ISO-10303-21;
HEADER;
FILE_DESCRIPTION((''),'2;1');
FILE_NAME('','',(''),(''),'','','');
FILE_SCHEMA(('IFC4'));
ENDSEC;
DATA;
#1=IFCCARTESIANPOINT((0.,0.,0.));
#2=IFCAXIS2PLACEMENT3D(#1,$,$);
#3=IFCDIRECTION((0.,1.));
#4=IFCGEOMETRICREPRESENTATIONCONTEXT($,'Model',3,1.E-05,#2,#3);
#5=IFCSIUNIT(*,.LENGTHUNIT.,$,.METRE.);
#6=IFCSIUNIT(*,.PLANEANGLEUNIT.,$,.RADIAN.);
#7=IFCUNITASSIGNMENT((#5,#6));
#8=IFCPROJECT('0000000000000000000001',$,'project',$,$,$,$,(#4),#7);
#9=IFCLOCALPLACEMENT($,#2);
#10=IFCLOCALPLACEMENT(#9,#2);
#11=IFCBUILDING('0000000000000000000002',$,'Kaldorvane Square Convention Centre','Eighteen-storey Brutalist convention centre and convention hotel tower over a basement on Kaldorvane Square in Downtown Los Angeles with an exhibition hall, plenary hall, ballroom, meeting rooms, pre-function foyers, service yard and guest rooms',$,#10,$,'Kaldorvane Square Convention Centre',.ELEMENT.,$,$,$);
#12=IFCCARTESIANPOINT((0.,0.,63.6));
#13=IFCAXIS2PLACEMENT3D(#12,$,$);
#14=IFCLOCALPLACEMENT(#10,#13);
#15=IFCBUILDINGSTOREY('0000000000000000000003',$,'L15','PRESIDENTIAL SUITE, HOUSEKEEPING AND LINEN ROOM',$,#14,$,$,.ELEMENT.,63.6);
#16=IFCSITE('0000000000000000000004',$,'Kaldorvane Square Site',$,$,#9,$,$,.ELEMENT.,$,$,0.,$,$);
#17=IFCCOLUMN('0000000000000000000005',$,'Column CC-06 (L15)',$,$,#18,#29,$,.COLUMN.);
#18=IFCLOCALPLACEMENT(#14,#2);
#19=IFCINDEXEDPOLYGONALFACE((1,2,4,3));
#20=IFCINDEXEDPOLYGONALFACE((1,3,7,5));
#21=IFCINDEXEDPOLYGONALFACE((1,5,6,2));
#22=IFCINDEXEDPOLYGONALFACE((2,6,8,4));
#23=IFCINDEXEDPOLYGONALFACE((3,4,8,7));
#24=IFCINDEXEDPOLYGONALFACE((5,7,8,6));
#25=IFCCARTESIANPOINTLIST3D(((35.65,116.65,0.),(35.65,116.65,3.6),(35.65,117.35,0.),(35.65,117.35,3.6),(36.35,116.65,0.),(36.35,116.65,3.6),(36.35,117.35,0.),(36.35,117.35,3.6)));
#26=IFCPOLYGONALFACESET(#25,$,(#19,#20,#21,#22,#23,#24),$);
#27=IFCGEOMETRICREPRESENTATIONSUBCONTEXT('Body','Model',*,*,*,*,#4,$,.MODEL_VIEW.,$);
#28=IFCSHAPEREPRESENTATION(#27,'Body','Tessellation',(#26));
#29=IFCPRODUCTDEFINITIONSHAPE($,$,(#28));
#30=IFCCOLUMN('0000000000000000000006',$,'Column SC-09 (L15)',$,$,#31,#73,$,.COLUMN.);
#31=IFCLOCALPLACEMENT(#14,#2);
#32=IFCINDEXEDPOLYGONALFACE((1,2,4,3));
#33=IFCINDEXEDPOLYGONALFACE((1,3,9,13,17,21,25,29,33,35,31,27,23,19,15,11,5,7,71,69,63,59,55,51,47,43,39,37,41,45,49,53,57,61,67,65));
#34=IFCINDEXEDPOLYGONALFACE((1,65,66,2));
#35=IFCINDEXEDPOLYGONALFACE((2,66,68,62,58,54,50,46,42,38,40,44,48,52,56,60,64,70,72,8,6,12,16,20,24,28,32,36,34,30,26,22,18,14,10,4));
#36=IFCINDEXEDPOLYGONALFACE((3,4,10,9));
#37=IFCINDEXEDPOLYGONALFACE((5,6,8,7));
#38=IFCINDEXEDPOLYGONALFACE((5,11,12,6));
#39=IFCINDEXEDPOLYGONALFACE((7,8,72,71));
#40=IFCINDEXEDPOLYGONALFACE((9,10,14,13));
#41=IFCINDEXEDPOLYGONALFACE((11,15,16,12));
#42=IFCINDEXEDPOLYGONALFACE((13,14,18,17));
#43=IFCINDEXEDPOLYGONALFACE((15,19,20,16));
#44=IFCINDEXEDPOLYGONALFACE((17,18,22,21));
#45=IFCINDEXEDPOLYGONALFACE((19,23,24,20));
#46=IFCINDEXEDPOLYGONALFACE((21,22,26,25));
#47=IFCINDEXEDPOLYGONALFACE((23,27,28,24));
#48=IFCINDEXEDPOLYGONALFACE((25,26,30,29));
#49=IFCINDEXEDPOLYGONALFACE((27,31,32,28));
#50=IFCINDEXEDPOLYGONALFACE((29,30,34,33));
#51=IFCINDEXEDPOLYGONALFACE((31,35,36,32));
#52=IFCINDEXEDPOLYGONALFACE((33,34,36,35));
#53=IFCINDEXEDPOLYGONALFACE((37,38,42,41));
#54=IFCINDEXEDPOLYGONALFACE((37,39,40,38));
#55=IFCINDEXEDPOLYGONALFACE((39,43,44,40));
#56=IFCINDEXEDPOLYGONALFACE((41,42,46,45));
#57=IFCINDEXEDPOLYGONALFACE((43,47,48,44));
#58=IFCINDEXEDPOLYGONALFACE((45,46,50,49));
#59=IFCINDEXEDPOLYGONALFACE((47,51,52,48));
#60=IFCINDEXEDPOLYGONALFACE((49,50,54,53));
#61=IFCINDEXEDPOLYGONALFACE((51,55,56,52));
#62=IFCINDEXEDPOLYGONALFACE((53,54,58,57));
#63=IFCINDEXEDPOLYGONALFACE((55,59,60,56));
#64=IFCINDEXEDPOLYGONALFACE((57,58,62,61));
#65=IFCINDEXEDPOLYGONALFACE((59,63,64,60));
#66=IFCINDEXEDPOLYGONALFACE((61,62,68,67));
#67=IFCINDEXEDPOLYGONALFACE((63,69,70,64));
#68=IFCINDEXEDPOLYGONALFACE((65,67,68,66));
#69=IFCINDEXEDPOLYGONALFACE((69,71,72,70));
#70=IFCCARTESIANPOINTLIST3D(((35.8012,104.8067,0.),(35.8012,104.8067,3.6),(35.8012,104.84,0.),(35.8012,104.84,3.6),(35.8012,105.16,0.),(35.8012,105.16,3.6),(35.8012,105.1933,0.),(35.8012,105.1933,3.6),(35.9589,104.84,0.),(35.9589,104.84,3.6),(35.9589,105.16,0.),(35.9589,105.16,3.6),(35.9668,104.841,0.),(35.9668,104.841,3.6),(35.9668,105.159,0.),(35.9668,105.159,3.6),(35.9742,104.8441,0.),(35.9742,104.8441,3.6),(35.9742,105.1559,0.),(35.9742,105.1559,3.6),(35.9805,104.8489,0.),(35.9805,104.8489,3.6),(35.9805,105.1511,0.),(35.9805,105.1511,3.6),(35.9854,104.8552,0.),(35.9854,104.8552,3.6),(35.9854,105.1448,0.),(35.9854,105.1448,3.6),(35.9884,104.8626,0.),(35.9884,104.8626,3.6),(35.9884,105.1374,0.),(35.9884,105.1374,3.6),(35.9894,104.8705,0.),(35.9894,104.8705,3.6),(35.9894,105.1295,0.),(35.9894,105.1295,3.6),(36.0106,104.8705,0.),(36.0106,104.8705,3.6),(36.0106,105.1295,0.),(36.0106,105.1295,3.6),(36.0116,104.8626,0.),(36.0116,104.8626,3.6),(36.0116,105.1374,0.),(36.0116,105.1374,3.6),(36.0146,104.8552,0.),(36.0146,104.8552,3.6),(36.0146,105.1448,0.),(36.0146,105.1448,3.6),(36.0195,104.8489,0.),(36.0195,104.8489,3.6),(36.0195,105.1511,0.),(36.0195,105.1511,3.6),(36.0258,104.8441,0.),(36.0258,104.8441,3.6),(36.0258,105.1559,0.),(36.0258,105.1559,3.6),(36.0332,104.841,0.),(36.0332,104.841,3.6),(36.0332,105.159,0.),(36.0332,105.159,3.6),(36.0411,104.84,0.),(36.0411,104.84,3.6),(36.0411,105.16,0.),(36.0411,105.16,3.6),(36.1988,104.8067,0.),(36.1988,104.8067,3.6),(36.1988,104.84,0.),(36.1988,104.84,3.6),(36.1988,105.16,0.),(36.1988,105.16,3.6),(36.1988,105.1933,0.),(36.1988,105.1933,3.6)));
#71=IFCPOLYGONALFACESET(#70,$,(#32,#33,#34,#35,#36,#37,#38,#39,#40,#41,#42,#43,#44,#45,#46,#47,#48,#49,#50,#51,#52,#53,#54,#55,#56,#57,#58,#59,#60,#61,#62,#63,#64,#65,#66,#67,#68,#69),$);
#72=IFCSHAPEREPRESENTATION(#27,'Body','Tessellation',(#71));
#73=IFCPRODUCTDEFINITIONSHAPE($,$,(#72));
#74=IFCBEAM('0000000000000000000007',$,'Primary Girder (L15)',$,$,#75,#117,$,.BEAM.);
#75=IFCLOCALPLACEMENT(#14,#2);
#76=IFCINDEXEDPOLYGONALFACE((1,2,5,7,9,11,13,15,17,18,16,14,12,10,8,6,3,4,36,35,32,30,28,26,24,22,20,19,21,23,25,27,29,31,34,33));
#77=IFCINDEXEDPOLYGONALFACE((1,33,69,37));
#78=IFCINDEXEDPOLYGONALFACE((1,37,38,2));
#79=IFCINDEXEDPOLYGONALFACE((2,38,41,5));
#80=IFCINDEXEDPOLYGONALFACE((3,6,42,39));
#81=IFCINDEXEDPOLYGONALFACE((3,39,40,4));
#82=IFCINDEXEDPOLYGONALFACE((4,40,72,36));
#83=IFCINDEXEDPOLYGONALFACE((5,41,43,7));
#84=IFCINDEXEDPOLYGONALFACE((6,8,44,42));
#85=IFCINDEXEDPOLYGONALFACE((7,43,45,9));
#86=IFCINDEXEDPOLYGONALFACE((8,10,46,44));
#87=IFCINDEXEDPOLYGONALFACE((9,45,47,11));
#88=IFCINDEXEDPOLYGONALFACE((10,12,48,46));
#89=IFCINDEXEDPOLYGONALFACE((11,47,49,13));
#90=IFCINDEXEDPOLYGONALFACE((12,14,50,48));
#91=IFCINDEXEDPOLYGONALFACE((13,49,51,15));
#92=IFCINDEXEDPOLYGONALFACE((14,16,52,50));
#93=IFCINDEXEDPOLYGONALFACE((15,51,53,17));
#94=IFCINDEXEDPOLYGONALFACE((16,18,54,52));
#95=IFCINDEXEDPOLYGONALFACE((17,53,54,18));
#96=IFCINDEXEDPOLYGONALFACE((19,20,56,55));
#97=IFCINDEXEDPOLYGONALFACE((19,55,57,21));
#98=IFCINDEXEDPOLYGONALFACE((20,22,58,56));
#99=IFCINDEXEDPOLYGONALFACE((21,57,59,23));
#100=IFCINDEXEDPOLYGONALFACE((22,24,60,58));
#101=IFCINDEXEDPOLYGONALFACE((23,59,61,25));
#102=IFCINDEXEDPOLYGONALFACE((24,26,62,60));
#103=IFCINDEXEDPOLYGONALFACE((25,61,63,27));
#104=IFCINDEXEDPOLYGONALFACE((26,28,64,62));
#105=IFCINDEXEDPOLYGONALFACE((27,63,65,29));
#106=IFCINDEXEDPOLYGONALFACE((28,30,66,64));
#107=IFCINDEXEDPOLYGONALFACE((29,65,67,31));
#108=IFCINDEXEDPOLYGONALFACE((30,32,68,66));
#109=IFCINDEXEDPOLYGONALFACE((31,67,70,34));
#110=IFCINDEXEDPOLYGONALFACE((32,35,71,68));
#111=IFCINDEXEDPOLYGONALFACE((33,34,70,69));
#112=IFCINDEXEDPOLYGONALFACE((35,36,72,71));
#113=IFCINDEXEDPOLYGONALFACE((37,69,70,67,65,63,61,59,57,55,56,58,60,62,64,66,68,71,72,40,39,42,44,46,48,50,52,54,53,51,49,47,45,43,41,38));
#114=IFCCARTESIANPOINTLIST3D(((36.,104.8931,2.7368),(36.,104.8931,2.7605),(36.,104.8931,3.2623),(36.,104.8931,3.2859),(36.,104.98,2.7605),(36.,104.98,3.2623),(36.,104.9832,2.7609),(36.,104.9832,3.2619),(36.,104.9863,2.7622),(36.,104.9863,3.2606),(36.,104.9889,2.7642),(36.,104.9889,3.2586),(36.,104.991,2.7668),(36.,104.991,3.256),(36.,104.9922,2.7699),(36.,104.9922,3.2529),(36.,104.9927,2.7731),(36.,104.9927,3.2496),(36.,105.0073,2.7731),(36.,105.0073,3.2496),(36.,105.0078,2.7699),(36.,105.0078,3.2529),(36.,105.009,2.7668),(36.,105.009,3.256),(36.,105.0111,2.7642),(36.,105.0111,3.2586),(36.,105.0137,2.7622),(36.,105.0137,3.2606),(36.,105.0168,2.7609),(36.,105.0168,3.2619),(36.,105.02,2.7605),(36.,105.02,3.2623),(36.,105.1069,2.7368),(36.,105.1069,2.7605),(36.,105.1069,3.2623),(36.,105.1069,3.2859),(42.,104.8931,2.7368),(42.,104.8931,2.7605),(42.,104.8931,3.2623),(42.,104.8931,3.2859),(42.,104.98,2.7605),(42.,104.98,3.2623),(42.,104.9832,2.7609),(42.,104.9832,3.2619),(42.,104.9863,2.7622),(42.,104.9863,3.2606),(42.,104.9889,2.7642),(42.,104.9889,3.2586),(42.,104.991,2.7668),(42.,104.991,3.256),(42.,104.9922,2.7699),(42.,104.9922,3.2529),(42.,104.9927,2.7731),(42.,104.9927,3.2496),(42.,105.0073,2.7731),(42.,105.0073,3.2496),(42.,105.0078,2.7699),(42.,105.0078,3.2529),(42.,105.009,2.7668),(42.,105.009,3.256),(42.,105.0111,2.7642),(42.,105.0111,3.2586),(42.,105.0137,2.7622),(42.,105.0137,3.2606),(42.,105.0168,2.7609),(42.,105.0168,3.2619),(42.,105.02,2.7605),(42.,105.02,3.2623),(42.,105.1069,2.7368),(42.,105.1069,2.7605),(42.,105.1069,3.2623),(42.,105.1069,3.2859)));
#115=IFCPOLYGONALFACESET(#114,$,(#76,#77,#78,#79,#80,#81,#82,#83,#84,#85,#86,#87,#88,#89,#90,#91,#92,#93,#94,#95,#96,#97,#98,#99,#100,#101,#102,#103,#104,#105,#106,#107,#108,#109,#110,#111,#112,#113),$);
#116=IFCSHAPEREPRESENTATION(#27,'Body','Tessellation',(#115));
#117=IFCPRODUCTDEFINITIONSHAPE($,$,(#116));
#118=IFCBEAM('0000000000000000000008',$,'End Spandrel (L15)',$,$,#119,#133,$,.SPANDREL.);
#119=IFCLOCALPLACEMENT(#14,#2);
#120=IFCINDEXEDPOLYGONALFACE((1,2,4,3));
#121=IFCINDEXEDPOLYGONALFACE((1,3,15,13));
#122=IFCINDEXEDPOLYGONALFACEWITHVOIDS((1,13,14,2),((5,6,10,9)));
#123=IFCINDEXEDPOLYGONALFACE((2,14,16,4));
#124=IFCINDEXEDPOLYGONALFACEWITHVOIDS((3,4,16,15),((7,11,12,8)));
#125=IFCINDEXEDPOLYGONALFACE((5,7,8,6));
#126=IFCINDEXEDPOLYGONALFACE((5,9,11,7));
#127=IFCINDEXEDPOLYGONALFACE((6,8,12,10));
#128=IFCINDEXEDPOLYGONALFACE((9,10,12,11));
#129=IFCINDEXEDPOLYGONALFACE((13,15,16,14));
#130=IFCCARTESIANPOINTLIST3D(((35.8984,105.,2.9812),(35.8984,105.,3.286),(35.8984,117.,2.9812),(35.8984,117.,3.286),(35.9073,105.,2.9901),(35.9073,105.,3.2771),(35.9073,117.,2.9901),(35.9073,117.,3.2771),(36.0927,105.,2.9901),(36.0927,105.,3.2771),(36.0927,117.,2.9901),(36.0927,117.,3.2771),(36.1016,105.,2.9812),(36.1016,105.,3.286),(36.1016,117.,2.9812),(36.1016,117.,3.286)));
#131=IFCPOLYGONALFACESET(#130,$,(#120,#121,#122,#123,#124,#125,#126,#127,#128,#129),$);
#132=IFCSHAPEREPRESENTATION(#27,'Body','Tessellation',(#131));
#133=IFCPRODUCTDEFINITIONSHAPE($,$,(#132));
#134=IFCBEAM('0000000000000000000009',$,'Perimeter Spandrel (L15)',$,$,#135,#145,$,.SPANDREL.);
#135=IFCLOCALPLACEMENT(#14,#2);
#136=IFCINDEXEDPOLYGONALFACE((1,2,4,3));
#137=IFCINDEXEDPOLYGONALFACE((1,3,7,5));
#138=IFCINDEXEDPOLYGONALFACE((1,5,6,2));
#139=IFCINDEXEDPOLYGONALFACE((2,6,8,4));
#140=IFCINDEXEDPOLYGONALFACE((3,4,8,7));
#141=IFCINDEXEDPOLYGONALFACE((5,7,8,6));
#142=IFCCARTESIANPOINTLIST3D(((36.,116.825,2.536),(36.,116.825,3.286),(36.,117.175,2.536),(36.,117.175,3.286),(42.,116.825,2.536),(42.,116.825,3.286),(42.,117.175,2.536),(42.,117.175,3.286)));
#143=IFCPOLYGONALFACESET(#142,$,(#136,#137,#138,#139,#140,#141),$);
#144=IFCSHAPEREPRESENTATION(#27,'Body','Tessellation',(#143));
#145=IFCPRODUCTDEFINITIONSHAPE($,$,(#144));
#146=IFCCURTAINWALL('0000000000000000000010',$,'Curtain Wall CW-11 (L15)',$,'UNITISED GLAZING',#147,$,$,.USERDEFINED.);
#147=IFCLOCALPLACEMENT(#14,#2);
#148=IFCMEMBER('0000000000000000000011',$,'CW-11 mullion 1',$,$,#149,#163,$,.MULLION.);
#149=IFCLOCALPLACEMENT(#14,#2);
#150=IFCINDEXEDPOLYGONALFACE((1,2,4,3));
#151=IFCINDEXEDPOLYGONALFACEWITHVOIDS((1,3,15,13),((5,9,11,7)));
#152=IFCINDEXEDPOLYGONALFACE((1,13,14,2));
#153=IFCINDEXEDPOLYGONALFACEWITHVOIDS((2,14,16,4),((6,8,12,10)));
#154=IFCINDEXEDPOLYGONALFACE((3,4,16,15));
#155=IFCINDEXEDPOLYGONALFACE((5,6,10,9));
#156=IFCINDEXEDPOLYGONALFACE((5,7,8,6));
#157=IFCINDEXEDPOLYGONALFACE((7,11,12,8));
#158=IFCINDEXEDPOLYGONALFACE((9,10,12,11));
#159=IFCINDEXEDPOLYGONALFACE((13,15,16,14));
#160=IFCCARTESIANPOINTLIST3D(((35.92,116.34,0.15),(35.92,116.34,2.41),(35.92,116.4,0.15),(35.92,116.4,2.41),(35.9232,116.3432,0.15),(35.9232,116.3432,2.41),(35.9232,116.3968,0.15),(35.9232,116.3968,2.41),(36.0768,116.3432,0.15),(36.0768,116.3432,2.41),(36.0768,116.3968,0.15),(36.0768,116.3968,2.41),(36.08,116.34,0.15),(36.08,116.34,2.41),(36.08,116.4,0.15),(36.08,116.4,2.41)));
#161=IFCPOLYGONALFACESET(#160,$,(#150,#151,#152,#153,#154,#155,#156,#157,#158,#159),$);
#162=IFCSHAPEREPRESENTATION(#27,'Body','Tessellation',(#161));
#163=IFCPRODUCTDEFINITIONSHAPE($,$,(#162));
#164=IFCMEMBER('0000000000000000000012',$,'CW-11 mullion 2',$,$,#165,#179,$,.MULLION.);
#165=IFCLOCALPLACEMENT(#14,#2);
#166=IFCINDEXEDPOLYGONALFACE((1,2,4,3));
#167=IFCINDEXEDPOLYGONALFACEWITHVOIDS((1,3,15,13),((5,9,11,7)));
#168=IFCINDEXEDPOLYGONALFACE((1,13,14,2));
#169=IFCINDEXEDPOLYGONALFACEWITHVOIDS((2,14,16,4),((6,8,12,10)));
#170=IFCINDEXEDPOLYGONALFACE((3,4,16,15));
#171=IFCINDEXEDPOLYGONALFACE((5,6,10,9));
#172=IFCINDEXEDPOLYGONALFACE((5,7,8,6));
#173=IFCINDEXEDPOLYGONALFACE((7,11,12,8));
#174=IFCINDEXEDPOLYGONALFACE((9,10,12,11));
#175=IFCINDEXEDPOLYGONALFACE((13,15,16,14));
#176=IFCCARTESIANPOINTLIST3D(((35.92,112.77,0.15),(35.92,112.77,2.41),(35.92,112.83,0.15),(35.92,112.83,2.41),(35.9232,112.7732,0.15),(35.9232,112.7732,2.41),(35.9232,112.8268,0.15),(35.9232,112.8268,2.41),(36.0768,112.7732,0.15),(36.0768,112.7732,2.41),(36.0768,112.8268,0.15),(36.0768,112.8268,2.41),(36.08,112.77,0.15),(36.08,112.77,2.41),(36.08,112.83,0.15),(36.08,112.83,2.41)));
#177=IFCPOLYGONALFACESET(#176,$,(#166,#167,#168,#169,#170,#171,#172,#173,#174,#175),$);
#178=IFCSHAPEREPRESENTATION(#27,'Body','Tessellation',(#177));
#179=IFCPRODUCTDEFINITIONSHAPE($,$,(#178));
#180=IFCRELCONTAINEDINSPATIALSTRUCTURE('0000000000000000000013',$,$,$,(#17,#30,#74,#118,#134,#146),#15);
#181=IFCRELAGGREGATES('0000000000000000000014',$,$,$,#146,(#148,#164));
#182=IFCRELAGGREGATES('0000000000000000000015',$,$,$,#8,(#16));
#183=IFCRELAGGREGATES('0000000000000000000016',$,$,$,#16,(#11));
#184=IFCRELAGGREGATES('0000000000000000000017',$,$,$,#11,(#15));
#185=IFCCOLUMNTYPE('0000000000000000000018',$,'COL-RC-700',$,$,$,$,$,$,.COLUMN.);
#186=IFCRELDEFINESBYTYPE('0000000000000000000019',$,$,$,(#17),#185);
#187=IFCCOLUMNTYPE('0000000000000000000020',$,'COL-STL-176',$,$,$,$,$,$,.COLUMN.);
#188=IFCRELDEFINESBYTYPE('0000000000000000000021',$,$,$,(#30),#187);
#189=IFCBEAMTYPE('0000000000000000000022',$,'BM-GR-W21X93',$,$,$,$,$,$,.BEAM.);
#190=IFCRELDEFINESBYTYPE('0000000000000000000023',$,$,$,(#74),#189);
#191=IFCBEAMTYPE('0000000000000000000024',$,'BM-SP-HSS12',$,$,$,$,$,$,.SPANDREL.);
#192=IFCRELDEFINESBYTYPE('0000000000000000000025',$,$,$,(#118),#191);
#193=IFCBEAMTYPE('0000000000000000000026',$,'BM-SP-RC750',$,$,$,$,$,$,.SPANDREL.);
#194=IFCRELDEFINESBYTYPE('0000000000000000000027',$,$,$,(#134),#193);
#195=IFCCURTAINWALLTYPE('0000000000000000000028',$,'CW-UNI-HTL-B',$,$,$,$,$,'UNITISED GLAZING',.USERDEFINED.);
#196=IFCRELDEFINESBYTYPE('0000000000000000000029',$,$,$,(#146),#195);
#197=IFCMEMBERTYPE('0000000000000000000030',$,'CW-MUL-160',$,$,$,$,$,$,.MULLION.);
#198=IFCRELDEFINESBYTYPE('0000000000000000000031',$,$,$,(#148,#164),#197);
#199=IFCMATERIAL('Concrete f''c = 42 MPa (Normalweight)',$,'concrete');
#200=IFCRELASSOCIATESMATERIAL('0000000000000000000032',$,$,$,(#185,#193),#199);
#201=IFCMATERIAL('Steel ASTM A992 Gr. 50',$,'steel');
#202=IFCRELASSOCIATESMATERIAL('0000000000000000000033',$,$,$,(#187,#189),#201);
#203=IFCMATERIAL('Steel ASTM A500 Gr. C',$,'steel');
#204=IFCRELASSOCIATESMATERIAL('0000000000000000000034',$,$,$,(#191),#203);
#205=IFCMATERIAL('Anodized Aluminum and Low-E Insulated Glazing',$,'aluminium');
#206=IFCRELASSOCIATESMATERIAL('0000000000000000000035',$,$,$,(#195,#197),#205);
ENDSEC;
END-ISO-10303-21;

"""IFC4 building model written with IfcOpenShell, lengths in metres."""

from ifc_helpers import new_model, si_unit, direction, frame, origin, origin_2d, place, context, subcontext, project, spatial, rectangle, hollow_rectangle, i_section, extrude, material, material_profile, profile_set, type_object, element, aggregate, save


model = new_model("IFC4")

# Units and contexts
model_context = context("Model", 3, precision=1e-05, world=origin(), true_north=direction((0.0, 1.0)))
body_context = subcontext(model_context, "Body", "Model", "MODEL_VIEW")
ifc_project = project(units=[si_unit("LENGTHUNIT", "METRE"), si_unit("PLANEANGLEUNIT", "RADIAN")], contexts=[model_context])

# Site, building, storey
site_placement = place(None, origin())
site = spatial("IfcSite", under=ifc_project, at=site_placement, Name="Kaldorvane Square Site", CompositionType="ELEMENT", RefElevation=0.0)
building_placement = place(site_placement, origin())
building = spatial("IfcBuilding", under=site, at=building_placement, Name="Kaldorvane Square Convention Centre", Description="Eighteen-storey Brutalist convention centre and convention hotel tower over a basement on Kaldorvane Square in Downtown Los Angeles with an exhibition hall, plenary hall, ballroom, meeting rooms, pre-function foyers, service yard and guest rooms", LongName="Kaldorvane Square Convention Centre", CompositionType="ELEMENT")
storey_placement = place(building_placement, frame((0.0, 0.0, 63.6)))
storey = spatial("IfcBuildingStorey", under=building, at=storey_placement, Name="L15", Description="PRESIDENTIAL SUITE, HOUSEKEEPING AND LINEN ROOM", CompositionType="ELEMENT", Elevation=63.6)

# Columns
ifc_material_1 = material(Name="Concrete f'c = 42 MPa (Normalweight)", Category="concrete")
ifc_material_profile_1 = material_profile(ifc_material_1, rectangle(XDim=0.7, YDim=0.7, at=origin_2d()), Name="RC700X700")
ifc_profile_set_1 = profile_set([ifc_material_profile_1], Name="Concrete f'c = 42 MPa (Normalweight)")
column_type_1 = type_object("IfcColumnType", Name="COL-RC-700", PredefinedType="COLUMN", material=ifc_profile_set_1)
column_1_placement = place(storey_placement, frame((36.0, 117.0, 0.0), z_axis=(0.0, 0.0, 1.0), x_axis=(1.0, 0.0, 0.0)))
element("IfcColumn", 1, at=column_1_placement, inside=storey, type_object=column_type_1, Name="Column CC-06 (L15)", PredefinedType="COLUMN", context=body_context, shape_type="SweptSolid", body=[
    extrude(rectangle(XDim=0.7, YDim=0.7, at=origin_2d()), origin(), (0.0, 0.0, 1.0), 3.6),
])
ifc_material_2 = material(Name="Steel ASTM A992 Gr. 50", Category="steel")
ifc_material_profile_2 = material_profile(ifc_material_2, i_section(OverallWidth=0.3975, OverallDepth=0.3866, WebThickness=0.0211, FlangeThickness=0.0333, FilletRadius=0.0305, at=origin_2d()), Name="W14X176")
ifc_profile_set_2 = profile_set([ifc_material_profile_2], Name="Steel ASTM A992 Gr. 50")
column_type_2 = type_object("IfcColumnType", Name="COL-STL-176", PredefinedType="COLUMN", material=ifc_profile_set_2)
column_2_placement = place(storey_placement, frame((36.0, 105.0, 0.0), z_axis=(0.0, 0.0, 1.0), x_axis=(1.0, 0.0, 0.0)))
element("IfcColumn", 2, at=column_2_placement, inside=storey, type_object=column_type_2, Name="Column SC-09 (L15)", PredefinedType="COLUMN", context=body_context, shape_type="SweptSolid", body=[
    extrude(i_section(OverallWidth=0.3975, OverallDepth=0.3866, WebThickness=0.0211, FlangeThickness=0.0333, FilletRadius=0.0305, at=origin_2d()), origin(), (0.0, 0.0, 1.0), 3.6),
])

# Beams
ifc_material_profile_3 = material_profile(ifc_material_2, i_section(OverallWidth=0.2139, OverallDepth=0.5491, WebThickness=0.0147, FlangeThickness=0.0236, FilletRadius=0.0127, at=origin_2d()), Name="W21X93")
ifc_profile_set_3 = profile_set([ifc_material_profile_3], Name="Steel ASTM A992 Gr. 50")
beam_type_1 = type_object("IfcBeamType", Name="BM-GR-W21X93", PredefinedType="BEAM", material=ifc_profile_set_3)
beam_1_placement = place(storey_placement, frame((36.0, 105.0, 3.0114), z_axis=(1.0, 0.0, 0.0), x_axis=(0.0, 1.0, 0.0)))
element("IfcBeam", 3, at=beam_1_placement, inside=storey, type_object=beam_type_1, Name="Primary Girder (L15)", PredefinedType="BEAM", context=body_context, shape_type="SweptSolid", body=[
    extrude(i_section(OverallWidth=0.2139, OverallDepth=0.5491, WebThickness=0.0147, FlangeThickness=0.0236, FilletRadius=0.0127, at=origin_2d()), origin(), (0.0, 0.0, 1.0), 6.0),
])
ifc_material_3 = material(Name="Steel ASTM A500 Gr. C", Category="steel")
ifc_material_profile_4 = material_profile(ifc_material_3, hollow_rectangle(XDim=0.2032, YDim=0.3048, WallThickness=0.0089, at=origin_2d()), Name="HSS12X8X3/8")
ifc_profile_set_4 = profile_set([ifc_material_profile_4], Name="Steel ASTM A500 Gr. C")
beam_type_2 = type_object("IfcBeamType", Name="BM-SP-HSS12", PredefinedType="SPANDREL", material=ifc_profile_set_4)
beam_2_placement = place(storey_placement, frame((36.0, 105.0, 3.1336), z_axis=(0.0, 1.0, 0.0), x_axis=(-1.0, 0.0, 0.0)))
element("IfcBeam", 4, at=beam_2_placement, inside=storey, type_object=beam_type_2, Name="End Spandrel (L15)", PredefinedType="SPANDREL", context=body_context, shape_type="SweptSolid", body=[
    extrude(hollow_rectangle(XDim=0.2032, YDim=0.3048, WallThickness=0.0089, at=origin_2d()), origin(), (0.0, 0.0, 1.0), 12.0),
])
ifc_material_profile_5 = material_profile(ifc_material_1, rectangle(XDim=0.35, YDim=0.75, at=origin_2d()), Name="RCSP750X350")
ifc_profile_set_5 = profile_set([ifc_material_profile_5], Name="Concrete f'c = 42 MPa (Normalweight)")
beam_type_3 = type_object("IfcBeamType", Name="BM-SP-RC750", PredefinedType="SPANDREL", material=ifc_profile_set_5)
beam_3_placement = place(storey_placement, frame((36.0, 117.0, 2.911), z_axis=(1.0, 0.0, 0.0), x_axis=(0.0, 1.0, 0.0)))
element("IfcBeam", 5, at=beam_3_placement, inside=storey, type_object=beam_type_3, Name="Perimeter Spandrel (L15)", PredefinedType="SPANDREL", context=body_context, shape_type="SweptSolid", body=[
    extrude(rectangle(XDim=0.35, YDim=0.75, at=origin_2d()), origin(), (0.0, 0.0, 1.0), 6.0),
])

# Curtain wall, members
ifc_material_4 = material(Name="Anodized Aluminum and Low-E Insulated Glazing", Category="aluminium")
curtain_wall_type = type_object("IfcCurtainWallType", Name="CW-UNI-HTL-B", ElementType="UNITISED GLAZING", PredefinedType="USERDEFINED", material=ifc_material_4)
curtain_wall_placement = place(storey_placement, origin())
curtain_wall = element("IfcCurtainWall", 6, at=curtain_wall_placement, inside=storey, type_object=curtain_wall_type, Name="Curtain Wall CW-11 (L15)", ObjectType="UNITISED GLAZING", PredefinedType="USERDEFINED")
ifc_material_profile_6 = material_profile(ifc_material_4, hollow_rectangle(XDim=0.06, YDim=0.16, WallThickness=0.0032, at=origin_2d()), Name="CWM-160X60")
ifc_profile_set_6 = profile_set([ifc_material_profile_6], Name="Anodized Aluminum and Low-E Insulated Glazing")
member_type_1 = type_object("IfcMemberType", Name="CW-MUL-160", PredefinedType="MULLION", material=ifc_profile_set_6)
member_1_placement = place(storey_placement, frame((36.0, 116.37, 0.15), z_axis=(0.0, 0.0, 1.0), x_axis=(0.0, -1.0, 0.0)))
member_1 = element("IfcMember", 7, at=member_1_placement, type_object=member_type_1, Name="CW-11 mullion 1", PredefinedType="MULLION", context=body_context, shape_type="SweptSolid", body=[
    extrude(hollow_rectangle(XDim=0.06, YDim=0.16, WallThickness=0.0032, at=origin_2d()), origin(), (0.0, 0.0, 1.0), 2.26),
])
member_2_placement = place(storey_placement, frame((36.0, 112.8, 0.15), z_axis=(0.0, 0.0, 1.0), x_axis=(0.0, -1.0, 0.0)))
member_2 = element("IfcMember", 8, at=member_2_placement, type_object=member_type_1, Name="CW-11 mullion 2", PredefinedType="MULLION", context=body_context, shape_type="SweptSolid", body=[
    extrude(hollow_rectangle(XDim=0.06, YDim=0.16, WallThickness=0.0032, at=origin_2d()), origin(), (0.0, 0.0, 1.0), 2.26),
])
aggregate(curtain_wall, [member_1, member_2])

save(model, "model.ifc")
